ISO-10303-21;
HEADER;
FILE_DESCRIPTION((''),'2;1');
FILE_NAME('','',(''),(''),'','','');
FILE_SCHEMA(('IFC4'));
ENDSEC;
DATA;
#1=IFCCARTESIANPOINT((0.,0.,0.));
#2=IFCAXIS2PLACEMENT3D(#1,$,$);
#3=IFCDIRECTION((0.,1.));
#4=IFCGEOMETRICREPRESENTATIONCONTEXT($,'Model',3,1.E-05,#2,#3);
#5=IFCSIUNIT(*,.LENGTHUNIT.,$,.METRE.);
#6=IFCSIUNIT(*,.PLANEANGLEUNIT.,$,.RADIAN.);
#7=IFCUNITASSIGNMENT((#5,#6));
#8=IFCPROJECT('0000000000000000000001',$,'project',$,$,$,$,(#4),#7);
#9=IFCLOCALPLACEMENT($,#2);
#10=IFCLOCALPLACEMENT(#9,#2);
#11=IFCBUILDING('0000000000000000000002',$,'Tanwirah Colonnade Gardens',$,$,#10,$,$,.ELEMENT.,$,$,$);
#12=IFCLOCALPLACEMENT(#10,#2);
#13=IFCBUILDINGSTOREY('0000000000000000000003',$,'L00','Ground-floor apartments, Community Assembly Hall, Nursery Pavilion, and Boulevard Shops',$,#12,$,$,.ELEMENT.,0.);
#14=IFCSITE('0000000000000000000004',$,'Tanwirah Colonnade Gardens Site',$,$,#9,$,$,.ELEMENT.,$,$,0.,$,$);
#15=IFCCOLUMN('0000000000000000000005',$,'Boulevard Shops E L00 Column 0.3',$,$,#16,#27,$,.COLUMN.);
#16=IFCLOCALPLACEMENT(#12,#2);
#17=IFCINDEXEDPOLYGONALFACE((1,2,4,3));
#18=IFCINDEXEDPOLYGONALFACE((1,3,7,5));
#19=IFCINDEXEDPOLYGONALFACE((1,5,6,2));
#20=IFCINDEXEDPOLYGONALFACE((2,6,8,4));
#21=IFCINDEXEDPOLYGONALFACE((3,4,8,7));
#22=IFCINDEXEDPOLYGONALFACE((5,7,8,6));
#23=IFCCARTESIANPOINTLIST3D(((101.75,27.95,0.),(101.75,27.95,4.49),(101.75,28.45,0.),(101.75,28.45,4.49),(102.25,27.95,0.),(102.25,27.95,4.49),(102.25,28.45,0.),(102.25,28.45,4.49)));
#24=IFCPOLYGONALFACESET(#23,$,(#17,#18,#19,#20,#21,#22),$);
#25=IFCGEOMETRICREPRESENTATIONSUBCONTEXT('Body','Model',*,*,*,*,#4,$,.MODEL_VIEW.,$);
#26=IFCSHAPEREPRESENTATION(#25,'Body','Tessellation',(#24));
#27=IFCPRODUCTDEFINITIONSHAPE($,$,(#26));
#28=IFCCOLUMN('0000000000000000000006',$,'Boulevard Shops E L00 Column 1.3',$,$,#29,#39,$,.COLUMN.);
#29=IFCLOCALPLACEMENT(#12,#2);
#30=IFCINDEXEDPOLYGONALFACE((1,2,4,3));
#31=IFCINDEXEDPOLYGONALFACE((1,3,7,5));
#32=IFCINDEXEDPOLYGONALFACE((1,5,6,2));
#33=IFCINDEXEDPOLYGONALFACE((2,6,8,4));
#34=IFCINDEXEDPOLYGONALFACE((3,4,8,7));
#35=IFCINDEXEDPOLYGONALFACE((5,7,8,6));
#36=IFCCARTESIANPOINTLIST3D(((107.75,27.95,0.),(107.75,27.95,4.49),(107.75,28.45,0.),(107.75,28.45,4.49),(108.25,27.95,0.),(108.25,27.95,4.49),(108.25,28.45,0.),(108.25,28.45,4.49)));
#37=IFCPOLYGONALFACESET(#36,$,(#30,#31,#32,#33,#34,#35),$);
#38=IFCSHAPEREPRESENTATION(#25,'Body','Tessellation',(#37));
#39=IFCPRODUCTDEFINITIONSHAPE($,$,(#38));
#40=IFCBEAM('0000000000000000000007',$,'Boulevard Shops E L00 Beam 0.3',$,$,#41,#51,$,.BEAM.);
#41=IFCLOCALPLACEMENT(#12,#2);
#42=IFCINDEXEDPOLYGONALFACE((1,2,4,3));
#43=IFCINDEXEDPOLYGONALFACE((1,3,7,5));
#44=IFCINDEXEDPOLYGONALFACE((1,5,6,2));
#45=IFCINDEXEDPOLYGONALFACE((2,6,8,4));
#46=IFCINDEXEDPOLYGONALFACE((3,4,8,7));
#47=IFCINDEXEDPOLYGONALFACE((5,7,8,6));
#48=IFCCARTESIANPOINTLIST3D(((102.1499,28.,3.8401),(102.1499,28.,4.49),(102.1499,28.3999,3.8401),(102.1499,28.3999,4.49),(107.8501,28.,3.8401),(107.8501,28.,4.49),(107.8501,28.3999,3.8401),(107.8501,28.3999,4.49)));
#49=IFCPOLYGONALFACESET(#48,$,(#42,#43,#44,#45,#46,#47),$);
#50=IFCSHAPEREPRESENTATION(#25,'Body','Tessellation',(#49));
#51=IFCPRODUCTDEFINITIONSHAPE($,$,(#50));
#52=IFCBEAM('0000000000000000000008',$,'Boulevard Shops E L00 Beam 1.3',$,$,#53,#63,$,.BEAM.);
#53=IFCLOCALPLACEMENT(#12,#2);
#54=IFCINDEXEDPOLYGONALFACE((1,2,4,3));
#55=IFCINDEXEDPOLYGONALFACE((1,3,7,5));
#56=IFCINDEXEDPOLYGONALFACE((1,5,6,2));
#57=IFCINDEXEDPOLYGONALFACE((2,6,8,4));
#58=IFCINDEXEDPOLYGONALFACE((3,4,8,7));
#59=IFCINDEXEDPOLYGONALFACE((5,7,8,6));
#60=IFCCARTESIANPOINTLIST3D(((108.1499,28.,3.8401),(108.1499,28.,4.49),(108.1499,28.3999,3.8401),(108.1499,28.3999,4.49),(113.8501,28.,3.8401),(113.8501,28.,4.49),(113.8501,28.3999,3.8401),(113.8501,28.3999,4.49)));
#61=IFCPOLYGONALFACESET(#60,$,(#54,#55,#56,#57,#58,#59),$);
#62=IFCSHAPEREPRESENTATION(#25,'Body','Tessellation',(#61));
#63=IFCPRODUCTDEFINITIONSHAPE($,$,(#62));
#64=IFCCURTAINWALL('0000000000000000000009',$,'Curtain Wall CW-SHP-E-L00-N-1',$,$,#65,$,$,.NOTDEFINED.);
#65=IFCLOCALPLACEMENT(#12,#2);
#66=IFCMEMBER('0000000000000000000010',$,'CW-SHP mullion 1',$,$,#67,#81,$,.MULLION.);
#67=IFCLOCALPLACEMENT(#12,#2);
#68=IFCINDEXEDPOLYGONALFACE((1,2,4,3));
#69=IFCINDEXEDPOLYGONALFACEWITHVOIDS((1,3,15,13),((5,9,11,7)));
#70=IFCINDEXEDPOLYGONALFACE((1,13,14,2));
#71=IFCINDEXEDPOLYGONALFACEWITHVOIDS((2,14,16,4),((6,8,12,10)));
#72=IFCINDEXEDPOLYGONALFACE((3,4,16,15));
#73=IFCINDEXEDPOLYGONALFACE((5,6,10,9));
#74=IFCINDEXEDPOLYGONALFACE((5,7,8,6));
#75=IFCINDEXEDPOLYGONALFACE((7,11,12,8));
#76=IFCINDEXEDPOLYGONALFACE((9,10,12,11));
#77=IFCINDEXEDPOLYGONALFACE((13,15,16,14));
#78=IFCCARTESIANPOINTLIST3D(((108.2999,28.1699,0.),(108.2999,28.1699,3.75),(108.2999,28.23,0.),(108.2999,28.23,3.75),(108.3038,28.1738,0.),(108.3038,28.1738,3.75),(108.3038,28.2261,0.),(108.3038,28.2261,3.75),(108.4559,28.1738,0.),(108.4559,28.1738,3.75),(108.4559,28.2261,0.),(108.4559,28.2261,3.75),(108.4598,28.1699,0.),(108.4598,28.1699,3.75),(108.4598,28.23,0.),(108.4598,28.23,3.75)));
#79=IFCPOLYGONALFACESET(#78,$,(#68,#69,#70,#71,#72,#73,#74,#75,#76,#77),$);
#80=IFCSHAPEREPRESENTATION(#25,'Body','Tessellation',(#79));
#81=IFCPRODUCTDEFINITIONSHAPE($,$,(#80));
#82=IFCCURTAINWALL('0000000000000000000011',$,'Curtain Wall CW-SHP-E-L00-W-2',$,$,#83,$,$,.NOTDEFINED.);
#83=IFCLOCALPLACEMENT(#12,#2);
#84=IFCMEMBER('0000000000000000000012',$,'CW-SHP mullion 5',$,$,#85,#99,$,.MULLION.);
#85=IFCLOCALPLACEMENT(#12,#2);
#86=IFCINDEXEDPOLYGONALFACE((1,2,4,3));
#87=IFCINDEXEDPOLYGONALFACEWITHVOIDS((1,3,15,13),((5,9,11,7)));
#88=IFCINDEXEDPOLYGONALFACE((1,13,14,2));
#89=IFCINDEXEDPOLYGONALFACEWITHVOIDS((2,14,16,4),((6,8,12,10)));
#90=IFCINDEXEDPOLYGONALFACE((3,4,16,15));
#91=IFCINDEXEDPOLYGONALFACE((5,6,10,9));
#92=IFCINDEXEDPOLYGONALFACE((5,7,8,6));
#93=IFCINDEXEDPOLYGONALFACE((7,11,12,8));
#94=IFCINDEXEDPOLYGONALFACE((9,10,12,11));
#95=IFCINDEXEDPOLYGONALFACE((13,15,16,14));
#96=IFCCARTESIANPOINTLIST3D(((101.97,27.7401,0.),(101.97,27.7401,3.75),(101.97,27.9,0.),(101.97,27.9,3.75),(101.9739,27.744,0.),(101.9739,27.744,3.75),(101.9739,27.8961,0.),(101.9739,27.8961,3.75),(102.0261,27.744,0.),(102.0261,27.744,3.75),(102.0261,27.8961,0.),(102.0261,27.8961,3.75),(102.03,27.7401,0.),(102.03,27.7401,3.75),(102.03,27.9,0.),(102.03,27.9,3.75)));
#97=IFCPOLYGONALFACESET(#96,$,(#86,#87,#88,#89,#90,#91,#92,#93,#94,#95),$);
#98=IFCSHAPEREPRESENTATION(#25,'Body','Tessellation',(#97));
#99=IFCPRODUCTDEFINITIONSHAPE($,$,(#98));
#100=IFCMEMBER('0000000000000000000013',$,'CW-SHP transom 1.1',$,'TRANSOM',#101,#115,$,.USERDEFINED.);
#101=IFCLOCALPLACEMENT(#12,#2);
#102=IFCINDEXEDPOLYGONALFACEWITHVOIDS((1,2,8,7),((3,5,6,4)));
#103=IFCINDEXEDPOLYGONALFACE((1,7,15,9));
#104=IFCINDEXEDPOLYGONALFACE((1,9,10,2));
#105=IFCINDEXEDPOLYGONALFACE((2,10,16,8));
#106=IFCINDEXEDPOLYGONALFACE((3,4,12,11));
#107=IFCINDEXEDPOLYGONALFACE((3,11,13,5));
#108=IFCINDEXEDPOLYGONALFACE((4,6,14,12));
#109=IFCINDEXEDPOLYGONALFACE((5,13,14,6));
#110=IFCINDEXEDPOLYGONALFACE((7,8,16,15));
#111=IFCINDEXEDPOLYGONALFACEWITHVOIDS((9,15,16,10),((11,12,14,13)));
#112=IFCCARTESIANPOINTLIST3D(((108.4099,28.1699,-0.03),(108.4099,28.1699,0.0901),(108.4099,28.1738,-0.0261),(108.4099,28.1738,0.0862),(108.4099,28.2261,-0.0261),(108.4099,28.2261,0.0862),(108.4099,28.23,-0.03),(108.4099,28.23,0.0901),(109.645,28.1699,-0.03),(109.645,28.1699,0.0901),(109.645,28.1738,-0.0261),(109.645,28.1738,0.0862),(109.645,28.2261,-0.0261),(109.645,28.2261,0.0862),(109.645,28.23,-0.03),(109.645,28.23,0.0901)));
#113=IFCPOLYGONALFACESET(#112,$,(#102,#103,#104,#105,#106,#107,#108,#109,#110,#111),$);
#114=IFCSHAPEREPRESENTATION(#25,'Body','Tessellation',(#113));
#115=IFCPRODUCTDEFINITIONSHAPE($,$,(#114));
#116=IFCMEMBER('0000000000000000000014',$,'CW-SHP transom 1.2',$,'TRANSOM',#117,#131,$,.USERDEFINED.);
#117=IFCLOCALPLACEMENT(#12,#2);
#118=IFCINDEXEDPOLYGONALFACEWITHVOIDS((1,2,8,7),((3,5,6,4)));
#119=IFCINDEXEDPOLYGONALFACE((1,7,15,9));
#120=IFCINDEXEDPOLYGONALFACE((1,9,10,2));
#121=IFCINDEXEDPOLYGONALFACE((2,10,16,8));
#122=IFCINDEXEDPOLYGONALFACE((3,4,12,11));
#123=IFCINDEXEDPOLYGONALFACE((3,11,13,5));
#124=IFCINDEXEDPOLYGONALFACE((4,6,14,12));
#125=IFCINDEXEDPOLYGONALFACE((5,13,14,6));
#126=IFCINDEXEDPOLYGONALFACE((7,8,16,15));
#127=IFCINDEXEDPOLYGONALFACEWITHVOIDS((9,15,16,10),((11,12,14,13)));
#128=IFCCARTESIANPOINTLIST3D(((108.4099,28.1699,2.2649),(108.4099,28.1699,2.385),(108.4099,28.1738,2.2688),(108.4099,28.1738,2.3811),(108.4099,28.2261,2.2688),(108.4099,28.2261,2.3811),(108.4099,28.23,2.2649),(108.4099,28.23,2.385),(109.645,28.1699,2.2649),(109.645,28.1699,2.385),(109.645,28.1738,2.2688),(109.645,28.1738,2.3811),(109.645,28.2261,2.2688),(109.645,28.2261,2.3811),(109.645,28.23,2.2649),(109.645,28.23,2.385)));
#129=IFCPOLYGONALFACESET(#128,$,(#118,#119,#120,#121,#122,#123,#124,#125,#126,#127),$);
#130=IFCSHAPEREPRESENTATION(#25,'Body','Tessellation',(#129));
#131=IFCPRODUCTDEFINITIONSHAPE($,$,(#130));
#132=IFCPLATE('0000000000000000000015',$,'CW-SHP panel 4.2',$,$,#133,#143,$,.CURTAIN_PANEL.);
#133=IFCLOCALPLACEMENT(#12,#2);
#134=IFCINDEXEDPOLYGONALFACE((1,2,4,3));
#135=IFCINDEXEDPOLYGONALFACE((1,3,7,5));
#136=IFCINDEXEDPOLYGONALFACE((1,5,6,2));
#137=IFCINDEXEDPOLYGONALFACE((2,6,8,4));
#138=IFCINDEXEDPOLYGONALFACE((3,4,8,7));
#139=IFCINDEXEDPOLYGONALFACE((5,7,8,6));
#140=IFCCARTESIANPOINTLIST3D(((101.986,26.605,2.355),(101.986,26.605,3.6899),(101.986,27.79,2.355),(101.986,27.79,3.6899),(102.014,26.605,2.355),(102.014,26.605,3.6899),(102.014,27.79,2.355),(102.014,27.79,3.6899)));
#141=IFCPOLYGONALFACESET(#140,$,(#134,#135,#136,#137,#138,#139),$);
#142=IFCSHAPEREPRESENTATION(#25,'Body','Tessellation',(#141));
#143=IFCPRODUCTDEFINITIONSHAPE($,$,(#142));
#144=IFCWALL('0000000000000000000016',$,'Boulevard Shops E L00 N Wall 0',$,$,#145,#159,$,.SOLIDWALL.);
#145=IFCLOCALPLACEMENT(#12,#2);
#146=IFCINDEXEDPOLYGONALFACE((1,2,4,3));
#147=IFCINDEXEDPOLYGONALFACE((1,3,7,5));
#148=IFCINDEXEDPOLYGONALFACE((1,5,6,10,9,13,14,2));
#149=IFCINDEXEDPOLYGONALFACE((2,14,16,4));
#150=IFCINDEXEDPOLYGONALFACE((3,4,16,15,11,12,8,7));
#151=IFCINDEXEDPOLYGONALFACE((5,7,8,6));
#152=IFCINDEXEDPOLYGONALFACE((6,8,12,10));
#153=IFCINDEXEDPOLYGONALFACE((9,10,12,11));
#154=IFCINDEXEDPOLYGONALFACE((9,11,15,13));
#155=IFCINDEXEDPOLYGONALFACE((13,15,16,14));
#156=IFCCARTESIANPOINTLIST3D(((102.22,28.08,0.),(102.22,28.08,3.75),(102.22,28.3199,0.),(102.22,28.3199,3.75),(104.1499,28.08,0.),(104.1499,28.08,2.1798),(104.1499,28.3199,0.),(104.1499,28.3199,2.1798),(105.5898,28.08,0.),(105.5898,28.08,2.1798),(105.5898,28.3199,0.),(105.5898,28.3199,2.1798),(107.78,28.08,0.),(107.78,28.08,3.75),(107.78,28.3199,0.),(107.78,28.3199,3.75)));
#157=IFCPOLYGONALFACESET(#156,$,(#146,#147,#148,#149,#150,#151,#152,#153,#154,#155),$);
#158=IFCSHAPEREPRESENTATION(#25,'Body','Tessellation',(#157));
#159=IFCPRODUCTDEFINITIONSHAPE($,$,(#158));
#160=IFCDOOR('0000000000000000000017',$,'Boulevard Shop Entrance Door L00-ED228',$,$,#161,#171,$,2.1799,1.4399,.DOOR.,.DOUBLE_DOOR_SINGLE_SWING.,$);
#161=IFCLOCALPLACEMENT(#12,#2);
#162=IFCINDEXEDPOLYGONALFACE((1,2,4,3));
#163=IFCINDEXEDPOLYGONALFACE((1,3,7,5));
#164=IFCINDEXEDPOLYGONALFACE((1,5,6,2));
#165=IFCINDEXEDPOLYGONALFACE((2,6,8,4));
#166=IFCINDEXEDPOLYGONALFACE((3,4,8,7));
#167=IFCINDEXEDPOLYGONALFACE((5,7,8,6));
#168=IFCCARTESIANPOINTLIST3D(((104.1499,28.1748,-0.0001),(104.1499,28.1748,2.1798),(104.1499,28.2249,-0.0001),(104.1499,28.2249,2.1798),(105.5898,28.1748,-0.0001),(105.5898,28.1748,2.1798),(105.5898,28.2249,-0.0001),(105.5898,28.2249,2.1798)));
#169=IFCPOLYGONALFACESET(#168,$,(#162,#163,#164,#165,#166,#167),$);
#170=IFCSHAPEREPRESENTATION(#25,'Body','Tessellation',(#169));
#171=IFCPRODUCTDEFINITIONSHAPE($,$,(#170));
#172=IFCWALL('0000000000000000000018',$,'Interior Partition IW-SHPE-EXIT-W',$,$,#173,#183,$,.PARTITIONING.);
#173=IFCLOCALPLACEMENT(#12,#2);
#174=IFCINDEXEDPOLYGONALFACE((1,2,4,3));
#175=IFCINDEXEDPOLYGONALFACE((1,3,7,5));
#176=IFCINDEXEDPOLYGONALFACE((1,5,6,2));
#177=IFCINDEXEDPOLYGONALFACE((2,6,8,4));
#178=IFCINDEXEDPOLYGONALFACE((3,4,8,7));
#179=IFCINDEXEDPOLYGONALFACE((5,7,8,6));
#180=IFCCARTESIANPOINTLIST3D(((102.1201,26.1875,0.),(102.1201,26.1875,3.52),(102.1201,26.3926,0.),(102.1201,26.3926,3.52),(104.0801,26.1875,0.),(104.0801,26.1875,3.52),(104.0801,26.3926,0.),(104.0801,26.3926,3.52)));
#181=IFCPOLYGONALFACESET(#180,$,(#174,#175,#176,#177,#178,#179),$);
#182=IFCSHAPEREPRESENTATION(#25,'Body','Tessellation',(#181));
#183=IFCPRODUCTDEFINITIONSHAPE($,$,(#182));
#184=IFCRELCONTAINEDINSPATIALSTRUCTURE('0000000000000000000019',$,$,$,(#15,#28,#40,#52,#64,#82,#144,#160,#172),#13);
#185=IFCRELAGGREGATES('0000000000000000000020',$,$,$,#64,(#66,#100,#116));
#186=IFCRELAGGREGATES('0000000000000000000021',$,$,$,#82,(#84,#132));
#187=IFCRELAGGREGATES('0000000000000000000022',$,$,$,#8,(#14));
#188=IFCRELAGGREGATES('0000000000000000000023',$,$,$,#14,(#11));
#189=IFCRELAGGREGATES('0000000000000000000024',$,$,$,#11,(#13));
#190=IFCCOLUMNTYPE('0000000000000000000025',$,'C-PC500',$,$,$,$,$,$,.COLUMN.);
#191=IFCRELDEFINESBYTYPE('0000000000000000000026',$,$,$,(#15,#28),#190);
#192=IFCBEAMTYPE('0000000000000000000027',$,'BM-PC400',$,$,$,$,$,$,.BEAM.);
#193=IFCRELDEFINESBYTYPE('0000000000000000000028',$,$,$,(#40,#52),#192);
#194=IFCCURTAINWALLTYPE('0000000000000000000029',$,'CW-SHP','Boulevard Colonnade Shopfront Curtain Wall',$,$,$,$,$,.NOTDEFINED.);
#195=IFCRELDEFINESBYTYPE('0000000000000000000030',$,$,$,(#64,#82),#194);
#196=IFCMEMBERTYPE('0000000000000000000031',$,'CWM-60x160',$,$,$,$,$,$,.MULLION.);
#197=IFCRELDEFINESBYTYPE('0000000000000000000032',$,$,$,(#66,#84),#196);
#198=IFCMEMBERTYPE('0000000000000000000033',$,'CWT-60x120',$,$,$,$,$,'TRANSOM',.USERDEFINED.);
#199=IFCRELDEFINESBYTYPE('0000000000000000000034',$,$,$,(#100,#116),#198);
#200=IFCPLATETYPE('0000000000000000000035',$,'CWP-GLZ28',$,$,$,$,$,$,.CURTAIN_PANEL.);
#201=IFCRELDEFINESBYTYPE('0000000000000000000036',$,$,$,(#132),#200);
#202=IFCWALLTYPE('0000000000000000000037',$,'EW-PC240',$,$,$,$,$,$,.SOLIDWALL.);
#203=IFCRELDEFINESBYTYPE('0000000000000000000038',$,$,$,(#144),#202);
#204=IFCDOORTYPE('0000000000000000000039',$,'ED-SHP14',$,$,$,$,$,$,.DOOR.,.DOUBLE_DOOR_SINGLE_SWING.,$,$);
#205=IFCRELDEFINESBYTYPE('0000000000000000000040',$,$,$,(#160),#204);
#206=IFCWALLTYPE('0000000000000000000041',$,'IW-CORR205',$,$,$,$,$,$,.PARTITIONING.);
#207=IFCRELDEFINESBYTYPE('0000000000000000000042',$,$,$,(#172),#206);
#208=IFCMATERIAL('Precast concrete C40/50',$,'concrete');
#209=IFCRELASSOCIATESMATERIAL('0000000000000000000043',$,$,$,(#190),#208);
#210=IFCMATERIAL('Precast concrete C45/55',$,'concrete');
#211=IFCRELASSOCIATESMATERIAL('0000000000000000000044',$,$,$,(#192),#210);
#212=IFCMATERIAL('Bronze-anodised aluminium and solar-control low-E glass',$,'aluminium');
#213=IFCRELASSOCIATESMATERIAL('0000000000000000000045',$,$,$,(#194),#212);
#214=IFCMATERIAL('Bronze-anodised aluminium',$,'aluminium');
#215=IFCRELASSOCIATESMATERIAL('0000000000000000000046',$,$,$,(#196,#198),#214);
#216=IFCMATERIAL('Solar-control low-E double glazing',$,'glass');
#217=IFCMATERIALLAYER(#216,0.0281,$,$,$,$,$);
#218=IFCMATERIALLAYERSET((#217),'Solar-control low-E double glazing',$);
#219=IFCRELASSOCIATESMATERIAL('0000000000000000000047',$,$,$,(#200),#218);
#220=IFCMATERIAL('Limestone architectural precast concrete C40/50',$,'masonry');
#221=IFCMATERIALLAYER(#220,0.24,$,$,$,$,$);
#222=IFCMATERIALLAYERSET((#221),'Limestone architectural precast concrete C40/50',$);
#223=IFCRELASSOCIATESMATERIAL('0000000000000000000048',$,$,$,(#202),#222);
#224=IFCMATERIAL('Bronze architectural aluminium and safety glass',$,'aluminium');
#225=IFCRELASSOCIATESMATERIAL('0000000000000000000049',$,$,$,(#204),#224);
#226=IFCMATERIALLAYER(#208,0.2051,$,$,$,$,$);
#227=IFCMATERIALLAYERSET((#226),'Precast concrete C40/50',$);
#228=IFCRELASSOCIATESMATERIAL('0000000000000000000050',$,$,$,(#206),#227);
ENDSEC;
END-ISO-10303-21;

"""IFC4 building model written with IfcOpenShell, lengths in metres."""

from ifc_helpers import new_model, si_unit, direction, frame, frame_2d, origin, origin_2d, place, context, subcontext, project, spatial, rectangle, hollow_rectangle, extrude, material, layer, layer_set, material_profile, profile_set, type_object, element, fill, aggregate, save


model = new_model("IFC4")

# Units and contexts
model_context = context("Model", 3, precision=1e-05, world=origin(), true_north=direction((0.0, 1.0)))
body_context = subcontext(model_context, "Body", "Model", "MODEL_VIEW")
ifc_project = project(units=[si_unit("LENGTHUNIT", "METRE"), si_unit("PLANEANGLEUNIT", "RADIAN")], contexts=[model_context])

# Site, building, storey
site_placement = place(None, origin())
site = spatial("IfcSite", under=ifc_project, at=site_placement, Name="Tanwirah Colonnade Gardens Site", CompositionType="ELEMENT", RefElevation=0.0)
building_placement = place(site_placement, origin())
building = spatial("IfcBuilding", under=site, at=building_placement, Name="Tanwirah Colonnade Gardens", CompositionType="ELEMENT")
storey_placement = place(building_placement, origin())
storey = spatial("IfcBuildingStorey", under=building, at=storey_placement, Name="L00", Description="Ground-floor apartments, Community Assembly Hall, Nursery Pavilion, and Boulevard Shops", CompositionType="ELEMENT", Elevation=0.0)

# Columns
ifc_material_1 = material(Name="Precast concrete C40/50", Category="concrete")
ifc_material_profile_1 = material_profile(ifc_material_1, rectangle(XDim=0.5, YDim=0.5, at=origin_2d()), Name="PC-COL 500x500")
ifc_profile_set_1 = profile_set([ifc_material_profile_1], Name="Precast concrete C40/50")
column_type = type_object("IfcColumnType", Name="C-PC500", PredefinedType="COLUMN", material=ifc_profile_set_1)
for number, where, z_axis, x_axis, name in (
    (1, (102.0, 28.2, 0.0), (0.0, 0.0, 1.0), (1.0, 0.0, 0.0), "Boulevard Shops E L00 Column 0.3"),
    (2, (108.0, 28.2, 0.0), (0.0, 0.0, 1.0), (1.0, 0.0, 0.0), "Boulevard Shops E L00 Column 1.3"),
):
    element("IfcColumn", number, at=place(storey_placement, frame(where, z_axis=z_axis, x_axis=x_axis)), inside=storey, type_object=column_type, Name=name, PredefinedType="COLUMN", context=body_context, shape_type="SweptSolid", body=[
        extrude(rectangle(XDim=0.5, YDim=0.5, at=origin_2d()), origin(), (0.0, 0.0, 1.0), 4.49),
    ])

# Beams
ifc_material_2 = material(Name="Precast concrete C45/55", Category="concrete")
ifc_material_profile_2 = material_profile(ifc_material_2, rectangle(XDim=0.3999, YDim=0.6499, at=origin_2d()), Name="PC-BM 400x650")
ifc_profile_set_2 = profile_set([ifc_material_profile_2], Name="Precast concrete C45/55")
beam_type = type_object("IfcBeamType", Name="BM-PC400", PredefinedType="BEAM", material=ifc_profile_set_2)
for number, where, z_axis, x_axis, name in (
    (3, (102.1499, 28.2, 4.165), (1.0, 0.0, 0.0), (0.0, 1.0, 0.0), "Boulevard Shops E L00 Beam 0.3"),
    (4, (108.1499, 28.2, 4.165), (1.0, 0.0, 0.0), (0.0, 1.0, 0.0), "Boulevard Shops E L00 Beam 1.3"),
):
    element("IfcBeam", number, at=place(storey_placement, frame(where, z_axis=z_axis, x_axis=x_axis)), inside=storey, type_object=beam_type, Name=name, PredefinedType="BEAM", context=body_context, shape_type="SweptSolid", body=[
        extrude(rectangle(XDim=0.3999, YDim=0.6499, at=origin_2d()), origin(), (0.0, 0.0, 1.0), 5.7002),
    ])

# Curtain walls, members
ifc_material_3 = material(Name="Bronze-anodised aluminium and solar-control low-E glass", Category="aluminium")
curtain_wall_type = type_object("IfcCurtainWallType", Name="CW-SHP", Description="Boulevard Colonnade Shopfront Curtain Wall", PredefinedType="NOTDEFINED", material=ifc_material_3)
curtain_wall_1_placement = place(storey_placement, origin())
curtain_wall_1 = element("IfcCurtainWall", 5, at=curtain_wall_1_placement, inside=storey, type_object=curtain_wall_type, Name="Curtain Wall CW-SHP-E-L00-N-1", PredefinedType="NOTDEFINED")
ifc_material_4 = material(Name="Bronze-anodised aluminium", Category="aluminium")
ifc_material_profile_3 = material_profile(ifc_material_4, hollow_rectangle(XDim=0.0601, YDim=0.1599, WallThickness=0.0039, at=origin_2d()), Name="CW-MUL 60x160x4")
ifc_profile_set_3 = profile_set([ifc_material_profile_3], Name="Bronze-anodised aluminium")
member_type_1 = type_object("IfcMemberType", Name="CWM-60x160", PredefinedType="MULLION", material=ifc_profile_set_3)
member_1_placement = place(storey_placement, frame((108.3799, 28.2, 0.0), z_axis=(0.0, 0.0, 1.0), x_axis=(0.0, 1.0, 0.0)))
member_1 = element("IfcMember", 6, at=member_1_placement, type_object=member_type_1, Name="CW-SHP mullion 1", PredefinedType="MULLION", context=body_context, shape_type="SweptSolid", body=[
    extrude(hollow_rectangle(XDim=0.0601, YDim=0.1599, WallThickness=0.0039, at=origin_2d()), origin(), (0.0, 0.0, 1.0), 3.75),
])
curtain_wall_2_placement = place(storey_placement, origin())
curtain_wall_2 = element("IfcCurtainWall", 7, at=curtain_wall_2_placement, inside=storey, type_object=curtain_wall_type, Name="Curtain Wall CW-SHP-E-L00-W-2", PredefinedType="NOTDEFINED")
member_2_placement = place(storey_placement, frame((102.0, 27.8201, 0.0), z_axis=(0.0, 0.0, 1.0), x_axis=(-1.0, 0.0, 0.0)))
member_2 = element("IfcMember", 8, at=member_2_placement, type_object=member_type_1, Name="CW-SHP mullion 5", PredefinedType="MULLION", context=body_context, shape_type="SweptSolid", body=[
    extrude(hollow_rectangle(XDim=0.0601, YDim=0.1599, WallThickness=0.0039, at=origin_2d()), origin(), (0.0, 0.0, 1.0), 3.75),
])

# Members
ifc_material_profile_4 = material_profile(ifc_material_4, hollow_rectangle(XDim=0.0601, YDim=0.1201, WallThickness=0.0039, at=origin_2d()), Name="CW-TRN 60x120x4")
ifc_profile_set_4 = profile_set([ifc_material_profile_4], Name="Bronze-anodised aluminium")
member_type_2 = type_object("IfcMemberType", Name="CWT-60x120", ElementType="TRANSOM", PredefinedType="USERDEFINED", material=ifc_profile_set_4)
member_3_placement = place(storey_placement, frame((108.4099, 28.2, 0.03), z_axis=(1.0, 0.0, 0.0), x_axis=(0.0, 1.0, 0.0)))
member_3 = element("IfcMember", 9, at=member_3_placement, type_object=member_type_2, Name="CW-SHP transom 1.1", ObjectType="TRANSOM", PredefinedType="USERDEFINED", context=body_context, shape_type="SweptSolid", body=[
    extrude(hollow_rectangle(XDim=0.0601, YDim=0.1201, WallThickness=0.0039, at=origin_2d()), origin(), (0.0, 0.0, 1.0), 1.2351),
])
member_4_placement = place(storey_placement, frame((108.4099, 28.2, 2.325), z_axis=(1.0, 0.0, 0.0), x_axis=(0.0, 1.0, 0.0)))
member_4 = element("IfcMember", 10, at=member_4_placement, type_object=member_type_2, Name="CW-SHP transom 1.2", ObjectType="TRANSOM", PredefinedType="USERDEFINED", context=body_context, shape_type="SweptSolid", body=[
    extrude(hollow_rectangle(XDim=0.0601, YDim=0.1201, WallThickness=0.0039, at=origin_2d()), origin(), (0.0, 0.0, 1.0), 1.2351),
])
aggregate(curtain_wall_1, [member_1, member_3, member_4])

# Plate
ifc_material_5 = material(Name="Solar-control low-E double glazing", Category="glass")
ifc_layer_1 = layer(ifc_material_5, 0.0281)
ifc_layer_set_1 = layer_set([ifc_layer_1], Name="Solar-control low-E double glazing")
plate_type = type_object("IfcPlateType", Name="CWP-GLZ28", PredefinedType="CURTAIN_PANEL", material=ifc_layer_set_1)
plate_placement = place(storey_placement, frame((102.0, 27.1975, 2.355), z_axis=(0.0, 0.0, 1.0), x_axis=(0.0, 1.0, 0.0)))
plate = element("IfcPlate", 11, at=plate_placement, type_object=plate_type, Name="CW-SHP panel 4.2", PredefinedType="CURTAIN_PANEL", context=body_context, shape_type="SweptSolid", body=[
    extrude(rectangle(XDim=1.1851, YDim=0.0281, at=origin_2d()), origin(), (0.0, 0.0, 1.0), 1.335),
])
aggregate(curtain_wall_2, [member_2, plate])

# Wall, opening, door
ifc_material_6 = material(Name="Limestone architectural precast concrete C40/50", Category="masonry")
ifc_layer_2 = layer(ifc_material_6, 0.24)
ifc_layer_set_2 = layer_set([ifc_layer_2], Name="Limestone architectural precast concrete C40/50")
wall_type_1 = type_object("IfcWallType", Name="EW-PC240", PredefinedType="SOLIDWALL", material=ifc_layer_set_2)
wall_1_placement = place(storey_placement, frame((102.22, 28.2, 0.0), z_axis=(0.0, 0.0, 1.0), x_axis=(1.0, 0.0, 0.0)))
wall_1 = element("IfcWall", 12, at=wall_1_placement, inside=storey, type_object=wall_type_1, Name="Boulevard Shops E L00 N Wall 0", PredefinedType="SOLIDWALL", context=body_context, shape_type="SweptSolid", body=[
    extrude(rectangle(XDim=5.5601, YDim=0.24, at=frame_2d((2.78, 0.0))), origin(), (0.0, 0.0, 1.0), 3.75),
])
opening_1_placement = place(wall_1_placement, frame((1.9299, 0.0, 0.0)))
opening_1 = element("IfcOpeningElement", 13, at=opening_1_placement, cuts=wall_1, PredefinedType="OPENING", context=body_context, shape_type="SweptSolid", body=[
    extrude(rectangle(XDim=1.4399, YDim=2.1799, at=frame_2d((0.72, 1.0898))), frame((0.0, 0.1299, 0.0), z_axis=(0.0, -1.0, 0.0), x_axis=(1.0, 0.0, 0.0)), (0.0, 0.0, 1.0), 0.26),
])
ifc_material_7 = material(Name="Bronze architectural aluminium and safety glass", Category="aluminium")
door_type_1 = type_object("IfcDoorType", Name="ED-SHP14", OperationType="DOUBLE_DOOR_SINGLE_SWING", PredefinedType="DOOR", material=ifc_material_7)
door_1_placement = place(opening_1_placement, origin())
door_1 = element("IfcDoor", 14, at=door_1_placement, inside=storey, type_object=door_type_1, Name="Boulevard Shop Entrance Door L00-ED228", OperationType="DOUBLE_DOOR_SINGLE_SWING", OverallHeight=2.1799, OverallWidth=1.4399, PredefinedType="DOOR", context=body_context, shape_type="SweptSolid", body=[
    extrude(rectangle(XDim=1.4399, YDim=2.1799, at=frame_2d((0.72, 1.0898))), frame((0.0, 0.0249, 0.0), z_axis=(0.0, -1.0, 0.0), x_axis=(1.0, 0.0, 0.0)), (0.0, 0.0, 1.0), 0.05),
])
fill(opening_1, door_1)

# Wall
ifc_layer_3 = layer(ifc_material_1, 0.2051)
ifc_layer_set_3 = layer_set([ifc_layer_3], Name="Precast concrete C40/50")
wall_type_2 = type_object("IfcWallType", Name="IW-CORR205", PredefinedType="PARTITIONING", material=ifc_layer_set_3)
wall_2_placement = place(storey_placement, frame((102.1201, 26.29, 0.0), z_axis=(0.0, 0.0, 1.0), x_axis=(1.0, 0.0, 0.0)))
element("IfcWall", 15, at=wall_2_placement, inside=storey, type_object=wall_type_2, Name="Interior Partition IW-SHPE-EXIT-W", PredefinedType="PARTITIONING", context=body_context, shape_type="SweptSolid", body=[
    extrude(rectangle(XDim=1.96, YDim=0.2051, at=frame_2d((0.98, 0.0))), origin(), (0.0, 0.0, 1.0), 3.52),
])

save(model, "model.ifc")
